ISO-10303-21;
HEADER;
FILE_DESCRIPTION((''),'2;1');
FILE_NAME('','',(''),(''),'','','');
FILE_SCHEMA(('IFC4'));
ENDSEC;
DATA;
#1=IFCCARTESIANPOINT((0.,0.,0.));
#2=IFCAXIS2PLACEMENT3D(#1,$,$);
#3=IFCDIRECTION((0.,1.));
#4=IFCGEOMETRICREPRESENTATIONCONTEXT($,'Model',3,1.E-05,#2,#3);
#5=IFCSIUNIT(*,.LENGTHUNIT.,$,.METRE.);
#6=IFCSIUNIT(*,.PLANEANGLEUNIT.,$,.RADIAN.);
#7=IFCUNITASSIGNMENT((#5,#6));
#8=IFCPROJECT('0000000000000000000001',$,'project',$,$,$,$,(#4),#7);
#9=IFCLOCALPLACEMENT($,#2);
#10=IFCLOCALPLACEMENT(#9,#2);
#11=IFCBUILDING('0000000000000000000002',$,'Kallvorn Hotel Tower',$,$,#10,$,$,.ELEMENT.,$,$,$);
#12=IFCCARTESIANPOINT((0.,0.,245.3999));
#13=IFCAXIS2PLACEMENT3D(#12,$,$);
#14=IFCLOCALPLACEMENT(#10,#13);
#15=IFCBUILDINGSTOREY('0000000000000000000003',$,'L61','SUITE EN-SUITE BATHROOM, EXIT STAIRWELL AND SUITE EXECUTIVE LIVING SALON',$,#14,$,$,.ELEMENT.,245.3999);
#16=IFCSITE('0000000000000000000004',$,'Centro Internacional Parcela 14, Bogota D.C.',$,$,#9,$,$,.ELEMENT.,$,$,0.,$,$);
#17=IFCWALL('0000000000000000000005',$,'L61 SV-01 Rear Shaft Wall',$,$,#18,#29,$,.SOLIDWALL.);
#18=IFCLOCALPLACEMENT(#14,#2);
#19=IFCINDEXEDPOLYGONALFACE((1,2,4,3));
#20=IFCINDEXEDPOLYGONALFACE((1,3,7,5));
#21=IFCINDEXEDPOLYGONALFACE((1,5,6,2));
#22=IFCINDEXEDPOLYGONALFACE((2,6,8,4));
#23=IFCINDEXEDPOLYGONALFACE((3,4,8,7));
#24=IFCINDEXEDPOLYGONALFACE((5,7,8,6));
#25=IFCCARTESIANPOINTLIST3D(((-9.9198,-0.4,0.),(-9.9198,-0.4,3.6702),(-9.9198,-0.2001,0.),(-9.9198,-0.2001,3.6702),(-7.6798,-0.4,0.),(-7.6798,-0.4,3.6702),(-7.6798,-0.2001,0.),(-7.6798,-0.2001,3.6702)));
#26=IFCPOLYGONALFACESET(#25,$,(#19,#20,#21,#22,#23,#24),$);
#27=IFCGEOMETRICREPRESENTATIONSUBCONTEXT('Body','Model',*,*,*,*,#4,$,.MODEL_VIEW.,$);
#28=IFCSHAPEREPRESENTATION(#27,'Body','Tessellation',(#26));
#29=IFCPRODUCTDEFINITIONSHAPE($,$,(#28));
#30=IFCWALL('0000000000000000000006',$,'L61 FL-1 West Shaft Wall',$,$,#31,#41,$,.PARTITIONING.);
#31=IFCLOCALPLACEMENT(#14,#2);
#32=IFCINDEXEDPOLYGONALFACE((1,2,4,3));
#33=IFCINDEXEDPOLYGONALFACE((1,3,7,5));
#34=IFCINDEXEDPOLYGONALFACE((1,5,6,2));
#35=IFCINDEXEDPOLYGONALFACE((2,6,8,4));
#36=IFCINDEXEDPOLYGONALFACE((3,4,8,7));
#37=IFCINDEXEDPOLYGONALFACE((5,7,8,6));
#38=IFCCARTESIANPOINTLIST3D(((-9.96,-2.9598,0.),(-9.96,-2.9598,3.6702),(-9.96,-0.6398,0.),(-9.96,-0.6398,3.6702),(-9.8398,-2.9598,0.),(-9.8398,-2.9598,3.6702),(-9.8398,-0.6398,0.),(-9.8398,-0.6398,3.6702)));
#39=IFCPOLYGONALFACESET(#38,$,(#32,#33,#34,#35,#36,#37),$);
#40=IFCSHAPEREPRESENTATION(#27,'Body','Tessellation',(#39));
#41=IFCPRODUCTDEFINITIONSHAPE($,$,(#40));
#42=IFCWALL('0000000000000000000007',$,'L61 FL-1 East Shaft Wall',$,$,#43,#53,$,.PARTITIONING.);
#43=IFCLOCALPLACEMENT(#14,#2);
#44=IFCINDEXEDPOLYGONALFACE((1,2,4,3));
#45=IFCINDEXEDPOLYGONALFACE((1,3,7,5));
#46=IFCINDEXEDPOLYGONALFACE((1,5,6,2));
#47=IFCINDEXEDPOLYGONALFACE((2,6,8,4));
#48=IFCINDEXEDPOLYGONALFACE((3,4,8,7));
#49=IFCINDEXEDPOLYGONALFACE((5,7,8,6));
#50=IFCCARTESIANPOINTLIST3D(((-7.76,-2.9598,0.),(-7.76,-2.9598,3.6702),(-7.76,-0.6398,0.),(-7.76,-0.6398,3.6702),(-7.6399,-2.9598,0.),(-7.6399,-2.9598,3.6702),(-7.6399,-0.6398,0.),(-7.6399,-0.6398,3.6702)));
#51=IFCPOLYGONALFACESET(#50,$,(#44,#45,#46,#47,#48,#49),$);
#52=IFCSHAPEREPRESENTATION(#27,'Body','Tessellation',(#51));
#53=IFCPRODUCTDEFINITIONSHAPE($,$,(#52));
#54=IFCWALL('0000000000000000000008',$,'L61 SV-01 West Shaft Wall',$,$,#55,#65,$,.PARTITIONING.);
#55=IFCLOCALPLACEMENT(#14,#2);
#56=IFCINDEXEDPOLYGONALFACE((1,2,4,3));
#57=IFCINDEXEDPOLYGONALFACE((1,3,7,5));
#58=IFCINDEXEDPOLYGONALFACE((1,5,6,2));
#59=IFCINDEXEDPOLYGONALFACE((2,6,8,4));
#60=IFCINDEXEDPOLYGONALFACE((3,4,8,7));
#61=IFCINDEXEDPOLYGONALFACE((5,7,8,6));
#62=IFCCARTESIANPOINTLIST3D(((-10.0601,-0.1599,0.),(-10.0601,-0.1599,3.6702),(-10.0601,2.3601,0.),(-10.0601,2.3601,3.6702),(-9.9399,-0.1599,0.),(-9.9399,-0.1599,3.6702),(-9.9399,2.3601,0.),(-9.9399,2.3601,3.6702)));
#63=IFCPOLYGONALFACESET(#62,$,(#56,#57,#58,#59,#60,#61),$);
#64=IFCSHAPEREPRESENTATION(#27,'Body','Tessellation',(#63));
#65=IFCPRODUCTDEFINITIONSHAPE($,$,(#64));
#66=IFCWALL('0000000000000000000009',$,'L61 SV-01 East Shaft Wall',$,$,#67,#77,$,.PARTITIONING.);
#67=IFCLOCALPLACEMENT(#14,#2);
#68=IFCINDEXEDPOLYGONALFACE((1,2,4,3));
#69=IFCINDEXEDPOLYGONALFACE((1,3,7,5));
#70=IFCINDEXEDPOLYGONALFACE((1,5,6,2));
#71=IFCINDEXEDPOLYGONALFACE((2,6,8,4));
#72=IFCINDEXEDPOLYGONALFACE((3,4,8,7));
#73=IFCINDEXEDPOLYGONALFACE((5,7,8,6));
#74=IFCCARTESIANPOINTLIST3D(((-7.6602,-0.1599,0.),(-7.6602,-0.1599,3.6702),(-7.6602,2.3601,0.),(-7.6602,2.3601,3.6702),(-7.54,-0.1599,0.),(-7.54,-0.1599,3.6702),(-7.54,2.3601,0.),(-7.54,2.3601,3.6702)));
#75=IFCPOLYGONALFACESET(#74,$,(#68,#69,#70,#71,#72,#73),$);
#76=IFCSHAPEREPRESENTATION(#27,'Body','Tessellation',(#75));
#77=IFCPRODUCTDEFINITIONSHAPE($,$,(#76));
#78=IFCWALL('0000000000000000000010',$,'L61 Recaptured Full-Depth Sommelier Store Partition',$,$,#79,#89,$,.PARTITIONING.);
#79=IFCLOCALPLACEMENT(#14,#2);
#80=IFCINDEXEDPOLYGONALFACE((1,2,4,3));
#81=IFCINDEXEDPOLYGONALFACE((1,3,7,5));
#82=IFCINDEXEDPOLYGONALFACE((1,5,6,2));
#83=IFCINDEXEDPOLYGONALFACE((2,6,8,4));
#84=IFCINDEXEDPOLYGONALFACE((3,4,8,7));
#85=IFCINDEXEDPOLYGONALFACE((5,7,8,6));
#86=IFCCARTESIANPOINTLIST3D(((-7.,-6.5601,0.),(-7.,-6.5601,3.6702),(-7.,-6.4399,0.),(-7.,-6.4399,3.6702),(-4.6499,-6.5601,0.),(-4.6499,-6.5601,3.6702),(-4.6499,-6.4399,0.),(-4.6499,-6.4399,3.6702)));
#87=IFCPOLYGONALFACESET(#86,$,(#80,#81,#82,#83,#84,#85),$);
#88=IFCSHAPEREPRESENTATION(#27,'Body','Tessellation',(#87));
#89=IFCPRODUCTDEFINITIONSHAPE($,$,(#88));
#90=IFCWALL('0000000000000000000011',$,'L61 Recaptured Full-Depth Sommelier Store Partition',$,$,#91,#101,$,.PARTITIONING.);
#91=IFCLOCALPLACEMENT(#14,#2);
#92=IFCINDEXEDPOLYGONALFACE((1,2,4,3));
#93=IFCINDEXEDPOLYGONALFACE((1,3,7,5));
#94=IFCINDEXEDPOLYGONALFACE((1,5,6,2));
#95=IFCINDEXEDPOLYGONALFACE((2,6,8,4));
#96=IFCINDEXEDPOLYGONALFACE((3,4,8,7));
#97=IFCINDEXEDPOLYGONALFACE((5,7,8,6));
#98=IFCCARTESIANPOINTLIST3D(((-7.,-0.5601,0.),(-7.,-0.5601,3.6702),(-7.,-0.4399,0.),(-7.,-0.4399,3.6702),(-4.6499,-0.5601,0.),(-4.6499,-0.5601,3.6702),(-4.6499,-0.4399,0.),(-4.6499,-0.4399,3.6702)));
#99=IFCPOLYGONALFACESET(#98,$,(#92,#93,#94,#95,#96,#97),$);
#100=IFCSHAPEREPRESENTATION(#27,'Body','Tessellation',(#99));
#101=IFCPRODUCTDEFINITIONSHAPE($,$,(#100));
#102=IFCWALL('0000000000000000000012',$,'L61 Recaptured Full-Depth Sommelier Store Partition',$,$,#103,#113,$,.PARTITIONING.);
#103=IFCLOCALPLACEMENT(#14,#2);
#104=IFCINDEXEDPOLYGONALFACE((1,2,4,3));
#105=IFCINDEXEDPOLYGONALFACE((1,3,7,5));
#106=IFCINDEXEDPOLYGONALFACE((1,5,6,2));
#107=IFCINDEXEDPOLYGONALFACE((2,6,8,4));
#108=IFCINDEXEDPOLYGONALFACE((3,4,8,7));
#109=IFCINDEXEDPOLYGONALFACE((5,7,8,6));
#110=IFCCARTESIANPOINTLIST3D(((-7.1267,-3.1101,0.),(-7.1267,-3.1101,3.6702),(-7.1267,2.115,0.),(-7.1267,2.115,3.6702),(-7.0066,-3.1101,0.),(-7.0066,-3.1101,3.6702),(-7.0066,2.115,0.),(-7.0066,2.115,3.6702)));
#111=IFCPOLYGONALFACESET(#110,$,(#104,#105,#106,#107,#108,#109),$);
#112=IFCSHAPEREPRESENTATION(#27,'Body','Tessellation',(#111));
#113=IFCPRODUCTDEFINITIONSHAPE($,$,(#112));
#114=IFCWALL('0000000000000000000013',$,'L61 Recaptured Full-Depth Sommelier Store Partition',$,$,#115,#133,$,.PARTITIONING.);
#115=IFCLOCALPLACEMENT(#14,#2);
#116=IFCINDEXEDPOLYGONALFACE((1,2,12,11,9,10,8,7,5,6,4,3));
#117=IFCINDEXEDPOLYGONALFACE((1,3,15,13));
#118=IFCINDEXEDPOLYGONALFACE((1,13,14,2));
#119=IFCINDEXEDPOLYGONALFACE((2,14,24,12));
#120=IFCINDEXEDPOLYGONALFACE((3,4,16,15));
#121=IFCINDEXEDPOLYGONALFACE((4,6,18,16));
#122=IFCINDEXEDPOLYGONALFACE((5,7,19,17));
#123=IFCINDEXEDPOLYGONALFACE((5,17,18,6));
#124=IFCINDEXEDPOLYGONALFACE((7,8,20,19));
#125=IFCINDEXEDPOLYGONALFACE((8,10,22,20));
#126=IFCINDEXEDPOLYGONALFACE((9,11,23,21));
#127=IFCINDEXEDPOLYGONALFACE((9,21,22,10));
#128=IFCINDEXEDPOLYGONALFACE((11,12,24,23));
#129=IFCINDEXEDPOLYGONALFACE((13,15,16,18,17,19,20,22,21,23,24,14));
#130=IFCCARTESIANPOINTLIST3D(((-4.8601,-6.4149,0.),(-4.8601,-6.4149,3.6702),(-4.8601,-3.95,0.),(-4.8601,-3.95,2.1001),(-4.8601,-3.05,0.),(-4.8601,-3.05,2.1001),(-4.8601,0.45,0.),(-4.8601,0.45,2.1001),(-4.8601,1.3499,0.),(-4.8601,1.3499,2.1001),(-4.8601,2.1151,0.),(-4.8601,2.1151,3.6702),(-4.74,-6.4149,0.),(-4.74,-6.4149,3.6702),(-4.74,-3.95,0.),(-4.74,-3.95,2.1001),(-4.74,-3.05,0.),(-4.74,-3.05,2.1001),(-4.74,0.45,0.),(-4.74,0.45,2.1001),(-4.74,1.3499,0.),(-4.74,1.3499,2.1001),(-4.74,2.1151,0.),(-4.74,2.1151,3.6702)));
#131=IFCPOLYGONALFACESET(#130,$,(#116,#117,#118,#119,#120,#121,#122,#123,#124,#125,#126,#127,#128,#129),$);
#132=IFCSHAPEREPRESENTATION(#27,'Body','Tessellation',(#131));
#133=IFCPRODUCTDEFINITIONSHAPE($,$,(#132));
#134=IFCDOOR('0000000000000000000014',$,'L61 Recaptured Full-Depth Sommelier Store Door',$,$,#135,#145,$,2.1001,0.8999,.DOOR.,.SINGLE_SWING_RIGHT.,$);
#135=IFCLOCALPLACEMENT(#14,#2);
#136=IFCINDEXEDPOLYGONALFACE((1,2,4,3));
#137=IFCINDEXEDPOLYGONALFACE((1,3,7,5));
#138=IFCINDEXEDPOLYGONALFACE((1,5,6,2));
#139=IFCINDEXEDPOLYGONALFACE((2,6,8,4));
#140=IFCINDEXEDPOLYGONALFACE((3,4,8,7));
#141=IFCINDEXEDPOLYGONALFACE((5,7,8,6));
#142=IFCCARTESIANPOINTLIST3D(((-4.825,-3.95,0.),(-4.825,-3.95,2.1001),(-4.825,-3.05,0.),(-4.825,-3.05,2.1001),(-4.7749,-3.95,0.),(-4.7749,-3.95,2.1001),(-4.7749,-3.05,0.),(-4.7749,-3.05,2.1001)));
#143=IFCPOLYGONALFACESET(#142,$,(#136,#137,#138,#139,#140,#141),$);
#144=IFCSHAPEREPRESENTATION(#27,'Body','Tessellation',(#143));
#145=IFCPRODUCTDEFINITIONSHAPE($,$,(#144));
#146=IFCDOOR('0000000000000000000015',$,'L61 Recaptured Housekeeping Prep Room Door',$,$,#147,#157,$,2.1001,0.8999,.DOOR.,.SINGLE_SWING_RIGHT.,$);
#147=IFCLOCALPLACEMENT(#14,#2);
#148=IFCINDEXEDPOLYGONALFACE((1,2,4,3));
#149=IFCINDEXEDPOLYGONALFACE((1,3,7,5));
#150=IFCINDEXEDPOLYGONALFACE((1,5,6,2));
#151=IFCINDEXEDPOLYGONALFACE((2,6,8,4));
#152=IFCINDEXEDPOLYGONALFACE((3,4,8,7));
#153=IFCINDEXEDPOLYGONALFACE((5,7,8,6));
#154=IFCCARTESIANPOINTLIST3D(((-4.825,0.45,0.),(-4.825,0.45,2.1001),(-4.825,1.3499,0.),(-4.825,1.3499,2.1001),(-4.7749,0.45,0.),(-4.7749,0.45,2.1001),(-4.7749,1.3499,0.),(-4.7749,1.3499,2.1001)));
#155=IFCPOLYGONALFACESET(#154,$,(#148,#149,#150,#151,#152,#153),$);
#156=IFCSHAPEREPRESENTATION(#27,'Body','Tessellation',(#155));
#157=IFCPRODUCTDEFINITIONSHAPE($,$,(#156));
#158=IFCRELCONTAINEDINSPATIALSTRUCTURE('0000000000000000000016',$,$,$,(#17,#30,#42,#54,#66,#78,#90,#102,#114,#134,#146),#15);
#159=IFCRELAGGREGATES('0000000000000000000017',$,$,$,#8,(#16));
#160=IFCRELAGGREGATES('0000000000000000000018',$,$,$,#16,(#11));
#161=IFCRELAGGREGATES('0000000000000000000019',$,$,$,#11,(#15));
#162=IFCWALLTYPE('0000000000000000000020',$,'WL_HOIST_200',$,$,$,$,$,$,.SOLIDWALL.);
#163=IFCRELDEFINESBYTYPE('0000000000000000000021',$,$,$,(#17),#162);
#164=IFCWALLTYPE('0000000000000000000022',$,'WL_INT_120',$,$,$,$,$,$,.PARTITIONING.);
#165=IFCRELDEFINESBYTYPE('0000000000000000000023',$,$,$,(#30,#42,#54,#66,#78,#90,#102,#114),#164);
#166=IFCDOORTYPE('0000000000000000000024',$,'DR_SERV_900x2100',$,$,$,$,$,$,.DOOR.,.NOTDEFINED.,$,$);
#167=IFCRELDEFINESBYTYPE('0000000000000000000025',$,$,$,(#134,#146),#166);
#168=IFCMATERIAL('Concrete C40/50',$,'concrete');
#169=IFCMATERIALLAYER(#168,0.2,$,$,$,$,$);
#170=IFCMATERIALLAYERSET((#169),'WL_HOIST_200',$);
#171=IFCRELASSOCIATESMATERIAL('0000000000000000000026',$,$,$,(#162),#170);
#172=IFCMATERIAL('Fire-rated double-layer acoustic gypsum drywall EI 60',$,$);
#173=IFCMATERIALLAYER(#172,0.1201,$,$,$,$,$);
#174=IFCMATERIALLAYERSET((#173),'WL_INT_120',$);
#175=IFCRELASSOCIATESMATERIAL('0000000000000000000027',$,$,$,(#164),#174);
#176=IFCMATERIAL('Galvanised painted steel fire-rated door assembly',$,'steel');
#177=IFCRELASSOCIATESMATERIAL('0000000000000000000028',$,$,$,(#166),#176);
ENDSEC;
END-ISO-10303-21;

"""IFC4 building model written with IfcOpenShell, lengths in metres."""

from ifc_helpers import new_model, si_unit, direction, frame, frame_2d, origin, place, context, subcontext, project, spatial, rectangle, extrude, material, layer, layer_set, type_object, element, fill, save


model = new_model("IFC4")

# Units and contexts
model_context = context("Model", 3, precision=1e-05, world=origin(), true_north=direction((0.0, 1.0)))
body_context = subcontext(model_context, "Body", "Model", "MODEL_VIEW")
ifc_project = project(units=[si_unit("LENGTHUNIT", "METRE"), si_unit("PLANEANGLEUNIT", "RADIAN")], contexts=[model_context])

# Site, building, storey
site_placement = place(None, origin())
site = spatial("IfcSite", under=ifc_project, at=site_placement, Name="Centro Internacional Parcela 14, Bogota D.C.", CompositionType="ELEMENT", RefElevation=0.0)
building_placement = place(site_placement, origin())
building = spatial("IfcBuilding", under=site, at=building_placement, Name="Kallvorn Hotel Tower", CompositionType="ELEMENT")
storey_placement = place(building_placement, frame((0.0, 0.0, 245.3999)))
storey = spatial("IfcBuildingStorey", under=building, at=storey_placement, Name="L61", Description="SUITE EN-SUITE BATHROOM, EXIT STAIRWELL AND SUITE EXECUTIVE LIVING SALON", CompositionType="ELEMENT", Elevation=245.3999)

# Shared definitions
ifc_material_1 = material(Name="Concrete C40/50", Category="concrete")
ifc_layer_1 = layer(ifc_material_1, 0.2)
ifc_layer_set_1 = layer_set([ifc_layer_1], Name="WL_HOIST_200")
wall_type_1 = type_object("IfcWallType", Name="WL_HOIST_200", PredefinedType="SOLIDWALL", material=ifc_layer_set_1)

# Walls
wall_1_placement = place(storey_placement, frame((-9.9199, -0.3, 0.0), z_axis=(0.0, 0.0, 1.0), x_axis=(1.0, 0.0, 0.0)))
element("IfcWall", 1, at=wall_1_placement, inside=storey, type_object=wall_type_1, Name="L61 SV-01 Rear Shaft Wall", PredefinedType="SOLIDWALL", context=body_context, shape_type="SweptSolid", body=[
    extrude(rectangle(XDim=2.24, YDim=0.2, at=frame_2d((1.1201, 0.0))), origin(), (0.0, 0.0, 1.0), 3.6702),
])
ifc_material_2 = material(Name="Fire-rated double-layer acoustic gypsum drywall EI 60")
ifc_layer_2 = layer(ifc_material_2, 0.1201)
ifc_layer_set_2 = layer_set([ifc_layer_2], Name="WL_INT_120")
wall_type_2 = type_object("IfcWallType", Name="WL_INT_120", PredefinedType="PARTITIONING", material=ifc_layer_set_2)
for number, where, z_axis, x_axis, name in (
    (2, (-9.8999, -2.96, 0.0), (0.0, 0.0, 1.0), (0.0, 1.0, 0.0), "L61 FL-1 West Shaft Wall"),
    (3, (-7.7, -2.96, 0.0), (0.0, 0.0, 1.0), (0.0, 1.0, 0.0), "L61 FL-1 East Shaft Wall"),
):
    element("IfcWall", number, at=place(storey_placement, frame(where, z_axis=z_axis, x_axis=x_axis)), inside=storey, type_object=wall_type_2, Name=name, PredefinedType="PARTITIONING", context=body_context, shape_type="SweptSolid", body=[
        extrude(rectangle(XDim=2.3201, YDim=0.1201, at=frame_2d((1.1602, 0.0))), origin(), (0.0, 0.0, 1.0), 3.6702),
    ])
for number, where, z_axis, x_axis, name in (
    (4, (-10.0, -0.1599, 0.0), (0.0, 0.0, 1.0), (0.0, 1.0, 0.0), "L61 SV-01 West Shaft Wall"),
    (5, (-7.6001, -0.1599, 0.0), (0.0, 0.0, 1.0), (0.0, 1.0, 0.0), "L61 SV-01 East Shaft Wall"),
):
    element("IfcWall", number, at=place(storey_placement, frame(where, z_axis=z_axis, x_axis=x_axis)), inside=storey, type_object=wall_type_2, Name=name, PredefinedType="PARTITIONING", context=body_context, shape_type="SweptSolid", body=[
        extrude(rectangle(XDim=2.52, YDim=0.1201, at=frame_2d((1.26, 0.0))), origin(), (0.0, 0.0, 1.0), 3.6702),
    ])
for number, where, z_axis, x_axis, name in (
    (6, (-7.0, -6.5, 0.0), (0.0, 0.0, 1.0), (1.0, 0.0, 0.0), "L61 Recaptured Full-Depth Sommelier Store Partition"),
    (7, (-7.0, -0.5, 0.0), (0.0, 0.0, 1.0), (1.0, 0.0, 0.0), "L61 Recaptured Full-Depth Sommelier Store Partition"),
):
    element("IfcWall", number, at=place(storey_placement, frame(where, z_axis=z_axis, x_axis=x_axis)), inside=storey, type_object=wall_type_2, Name=name, PredefinedType="PARTITIONING", context=body_context, shape_type="SweptSolid", body=[
        extrude(rectangle(XDim=2.3501, YDim=0.1201, at=frame_2d((1.175, 0.0))), origin(), (0.0, 0.0, 1.0), 3.6702),
    ])
wall_2_placement = place(storey_placement, frame((-7.0667, -3.1101, 0.0), z_axis=(0.0, 0.0, 1.0), x_axis=(0.0, 1.0, 0.0)))
element("IfcWall", 8, at=wall_2_placement, inside=storey, type_object=wall_type_2, Name="L61 Recaptured Full-Depth Sommelier Store Partition", PredefinedType="PARTITIONING", context=body_context, shape_type="SweptSolid", body=[
    extrude(rectangle(XDim=5.2251, YDim=0.1201, at=frame_2d((2.6125, 0.0))), origin(), (0.0, 0.0, 1.0), 3.6702),
])

# Wall, openings, doors
wall_3_placement = place(storey_placement, frame((-4.8, -6.415, 0.0), z_axis=(0.0, 0.0, 1.0), x_axis=(0.0, 1.0, 0.0)))
wall_3 = element("IfcWall", 9, at=wall_3_placement, inside=storey, type_object=wall_type_2, Name="L61 Recaptured Full-Depth Sommelier Store Partition", PredefinedType="PARTITIONING", context=body_context, shape_type="SweptSolid", body=[
    extrude(rectangle(XDim=8.53, YDim=0.1201, at=frame_2d((4.2651, 0.0))), origin(), (0.0, 0.0, 1.0), 3.6702),
])
opening_1_placement = place(wall_3_placement, frame((2.4651, 0.0, 0.0)))
opening_1 = element("IfcOpeningElement", 10, at=opening_1_placement, cuts=wall_3, PredefinedType="OPENING", context=body_context, shape_type="SweptSolid", body=[
    extrude(rectangle(XDim=0.8999, YDim=2.1001, at=frame_2d((0.45, 1.05))), frame((0.0, 0.075, 0.0), z_axis=(0.0, -1.0, 0.0), x_axis=(1.0, 0.0, 0.0)), (0.0, 0.0, 1.0), 0.1501),
])
opening_2_placement = place(wall_3_placement, frame((6.865, 0.0, 0.0)))
opening_2 = element("IfcOpeningElement", 11, at=opening_2_placement, cuts=wall_3, PredefinedType="OPENING", context=body_context, shape_type="SweptSolid", body=[
    extrude(rectangle(XDim=0.8999, YDim=2.1001, at=frame_2d((0.45, 1.05))), frame((0.0, 0.075, 0.0), z_axis=(0.0, -1.0, 0.0), x_axis=(1.0, 0.0, 0.0)), (0.0, 0.0, 1.0), 0.1501),
])
ifc_material_3 = material(Name="Galvanised painted steel fire-rated door assembly", Category="steel")
door_type_1 = type_object("IfcDoorType", Name="DR_SERV_900x2100", OperationType="NOTDEFINED", PredefinedType="DOOR", material=ifc_material_3)
door_1_placement = place(opening_1_placement, origin())
door_1 = element("IfcDoor", 12, at=door_1_placement, inside=storey, type_object=door_type_1, Name="L61 Recaptured Full-Depth Sommelier Store Door", OperationType="SINGLE_SWING_RIGHT", OverallHeight=2.1001, OverallWidth=0.8999, PredefinedType="DOOR", context=body_context, shape_type="SweptSolid", body=[
    extrude(rectangle(XDim=0.8999, YDim=2.1001, at=frame_2d((0.45, 1.05))), frame((0.0, 0.0249, 0.0), z_axis=(0.0, -1.0, 0.0), x_axis=(1.0, 0.0, 0.0)), (0.0, 0.0, 1.0), 0.05),
])
fill(opening_1, door_1)
door_2_placement = place(opening_2_placement, origin())
door_2 = element("IfcDoor", 13, at=door_2_placement, inside=storey, type_object=door_type_1, Name="L61 Recaptured Housekeeping Prep Room Door", OperationType="SINGLE_SWING_RIGHT", OverallHeight=2.1001, OverallWidth=0.8999, PredefinedType="DOOR", context=body_context, shape_type="SweptSolid", body=[
    extrude(rectangle(XDim=0.8999, YDim=2.1001, at=frame_2d((0.45, 1.05))), frame((0.0, 0.0249, 0.0), z_axis=(0.0, -1.0, 0.0), x_axis=(1.0, 0.0, 0.0)), (0.0, 0.0, 1.0), 0.05),
])
fill(opening_2, door_2)

save(model, "model.ifc")
